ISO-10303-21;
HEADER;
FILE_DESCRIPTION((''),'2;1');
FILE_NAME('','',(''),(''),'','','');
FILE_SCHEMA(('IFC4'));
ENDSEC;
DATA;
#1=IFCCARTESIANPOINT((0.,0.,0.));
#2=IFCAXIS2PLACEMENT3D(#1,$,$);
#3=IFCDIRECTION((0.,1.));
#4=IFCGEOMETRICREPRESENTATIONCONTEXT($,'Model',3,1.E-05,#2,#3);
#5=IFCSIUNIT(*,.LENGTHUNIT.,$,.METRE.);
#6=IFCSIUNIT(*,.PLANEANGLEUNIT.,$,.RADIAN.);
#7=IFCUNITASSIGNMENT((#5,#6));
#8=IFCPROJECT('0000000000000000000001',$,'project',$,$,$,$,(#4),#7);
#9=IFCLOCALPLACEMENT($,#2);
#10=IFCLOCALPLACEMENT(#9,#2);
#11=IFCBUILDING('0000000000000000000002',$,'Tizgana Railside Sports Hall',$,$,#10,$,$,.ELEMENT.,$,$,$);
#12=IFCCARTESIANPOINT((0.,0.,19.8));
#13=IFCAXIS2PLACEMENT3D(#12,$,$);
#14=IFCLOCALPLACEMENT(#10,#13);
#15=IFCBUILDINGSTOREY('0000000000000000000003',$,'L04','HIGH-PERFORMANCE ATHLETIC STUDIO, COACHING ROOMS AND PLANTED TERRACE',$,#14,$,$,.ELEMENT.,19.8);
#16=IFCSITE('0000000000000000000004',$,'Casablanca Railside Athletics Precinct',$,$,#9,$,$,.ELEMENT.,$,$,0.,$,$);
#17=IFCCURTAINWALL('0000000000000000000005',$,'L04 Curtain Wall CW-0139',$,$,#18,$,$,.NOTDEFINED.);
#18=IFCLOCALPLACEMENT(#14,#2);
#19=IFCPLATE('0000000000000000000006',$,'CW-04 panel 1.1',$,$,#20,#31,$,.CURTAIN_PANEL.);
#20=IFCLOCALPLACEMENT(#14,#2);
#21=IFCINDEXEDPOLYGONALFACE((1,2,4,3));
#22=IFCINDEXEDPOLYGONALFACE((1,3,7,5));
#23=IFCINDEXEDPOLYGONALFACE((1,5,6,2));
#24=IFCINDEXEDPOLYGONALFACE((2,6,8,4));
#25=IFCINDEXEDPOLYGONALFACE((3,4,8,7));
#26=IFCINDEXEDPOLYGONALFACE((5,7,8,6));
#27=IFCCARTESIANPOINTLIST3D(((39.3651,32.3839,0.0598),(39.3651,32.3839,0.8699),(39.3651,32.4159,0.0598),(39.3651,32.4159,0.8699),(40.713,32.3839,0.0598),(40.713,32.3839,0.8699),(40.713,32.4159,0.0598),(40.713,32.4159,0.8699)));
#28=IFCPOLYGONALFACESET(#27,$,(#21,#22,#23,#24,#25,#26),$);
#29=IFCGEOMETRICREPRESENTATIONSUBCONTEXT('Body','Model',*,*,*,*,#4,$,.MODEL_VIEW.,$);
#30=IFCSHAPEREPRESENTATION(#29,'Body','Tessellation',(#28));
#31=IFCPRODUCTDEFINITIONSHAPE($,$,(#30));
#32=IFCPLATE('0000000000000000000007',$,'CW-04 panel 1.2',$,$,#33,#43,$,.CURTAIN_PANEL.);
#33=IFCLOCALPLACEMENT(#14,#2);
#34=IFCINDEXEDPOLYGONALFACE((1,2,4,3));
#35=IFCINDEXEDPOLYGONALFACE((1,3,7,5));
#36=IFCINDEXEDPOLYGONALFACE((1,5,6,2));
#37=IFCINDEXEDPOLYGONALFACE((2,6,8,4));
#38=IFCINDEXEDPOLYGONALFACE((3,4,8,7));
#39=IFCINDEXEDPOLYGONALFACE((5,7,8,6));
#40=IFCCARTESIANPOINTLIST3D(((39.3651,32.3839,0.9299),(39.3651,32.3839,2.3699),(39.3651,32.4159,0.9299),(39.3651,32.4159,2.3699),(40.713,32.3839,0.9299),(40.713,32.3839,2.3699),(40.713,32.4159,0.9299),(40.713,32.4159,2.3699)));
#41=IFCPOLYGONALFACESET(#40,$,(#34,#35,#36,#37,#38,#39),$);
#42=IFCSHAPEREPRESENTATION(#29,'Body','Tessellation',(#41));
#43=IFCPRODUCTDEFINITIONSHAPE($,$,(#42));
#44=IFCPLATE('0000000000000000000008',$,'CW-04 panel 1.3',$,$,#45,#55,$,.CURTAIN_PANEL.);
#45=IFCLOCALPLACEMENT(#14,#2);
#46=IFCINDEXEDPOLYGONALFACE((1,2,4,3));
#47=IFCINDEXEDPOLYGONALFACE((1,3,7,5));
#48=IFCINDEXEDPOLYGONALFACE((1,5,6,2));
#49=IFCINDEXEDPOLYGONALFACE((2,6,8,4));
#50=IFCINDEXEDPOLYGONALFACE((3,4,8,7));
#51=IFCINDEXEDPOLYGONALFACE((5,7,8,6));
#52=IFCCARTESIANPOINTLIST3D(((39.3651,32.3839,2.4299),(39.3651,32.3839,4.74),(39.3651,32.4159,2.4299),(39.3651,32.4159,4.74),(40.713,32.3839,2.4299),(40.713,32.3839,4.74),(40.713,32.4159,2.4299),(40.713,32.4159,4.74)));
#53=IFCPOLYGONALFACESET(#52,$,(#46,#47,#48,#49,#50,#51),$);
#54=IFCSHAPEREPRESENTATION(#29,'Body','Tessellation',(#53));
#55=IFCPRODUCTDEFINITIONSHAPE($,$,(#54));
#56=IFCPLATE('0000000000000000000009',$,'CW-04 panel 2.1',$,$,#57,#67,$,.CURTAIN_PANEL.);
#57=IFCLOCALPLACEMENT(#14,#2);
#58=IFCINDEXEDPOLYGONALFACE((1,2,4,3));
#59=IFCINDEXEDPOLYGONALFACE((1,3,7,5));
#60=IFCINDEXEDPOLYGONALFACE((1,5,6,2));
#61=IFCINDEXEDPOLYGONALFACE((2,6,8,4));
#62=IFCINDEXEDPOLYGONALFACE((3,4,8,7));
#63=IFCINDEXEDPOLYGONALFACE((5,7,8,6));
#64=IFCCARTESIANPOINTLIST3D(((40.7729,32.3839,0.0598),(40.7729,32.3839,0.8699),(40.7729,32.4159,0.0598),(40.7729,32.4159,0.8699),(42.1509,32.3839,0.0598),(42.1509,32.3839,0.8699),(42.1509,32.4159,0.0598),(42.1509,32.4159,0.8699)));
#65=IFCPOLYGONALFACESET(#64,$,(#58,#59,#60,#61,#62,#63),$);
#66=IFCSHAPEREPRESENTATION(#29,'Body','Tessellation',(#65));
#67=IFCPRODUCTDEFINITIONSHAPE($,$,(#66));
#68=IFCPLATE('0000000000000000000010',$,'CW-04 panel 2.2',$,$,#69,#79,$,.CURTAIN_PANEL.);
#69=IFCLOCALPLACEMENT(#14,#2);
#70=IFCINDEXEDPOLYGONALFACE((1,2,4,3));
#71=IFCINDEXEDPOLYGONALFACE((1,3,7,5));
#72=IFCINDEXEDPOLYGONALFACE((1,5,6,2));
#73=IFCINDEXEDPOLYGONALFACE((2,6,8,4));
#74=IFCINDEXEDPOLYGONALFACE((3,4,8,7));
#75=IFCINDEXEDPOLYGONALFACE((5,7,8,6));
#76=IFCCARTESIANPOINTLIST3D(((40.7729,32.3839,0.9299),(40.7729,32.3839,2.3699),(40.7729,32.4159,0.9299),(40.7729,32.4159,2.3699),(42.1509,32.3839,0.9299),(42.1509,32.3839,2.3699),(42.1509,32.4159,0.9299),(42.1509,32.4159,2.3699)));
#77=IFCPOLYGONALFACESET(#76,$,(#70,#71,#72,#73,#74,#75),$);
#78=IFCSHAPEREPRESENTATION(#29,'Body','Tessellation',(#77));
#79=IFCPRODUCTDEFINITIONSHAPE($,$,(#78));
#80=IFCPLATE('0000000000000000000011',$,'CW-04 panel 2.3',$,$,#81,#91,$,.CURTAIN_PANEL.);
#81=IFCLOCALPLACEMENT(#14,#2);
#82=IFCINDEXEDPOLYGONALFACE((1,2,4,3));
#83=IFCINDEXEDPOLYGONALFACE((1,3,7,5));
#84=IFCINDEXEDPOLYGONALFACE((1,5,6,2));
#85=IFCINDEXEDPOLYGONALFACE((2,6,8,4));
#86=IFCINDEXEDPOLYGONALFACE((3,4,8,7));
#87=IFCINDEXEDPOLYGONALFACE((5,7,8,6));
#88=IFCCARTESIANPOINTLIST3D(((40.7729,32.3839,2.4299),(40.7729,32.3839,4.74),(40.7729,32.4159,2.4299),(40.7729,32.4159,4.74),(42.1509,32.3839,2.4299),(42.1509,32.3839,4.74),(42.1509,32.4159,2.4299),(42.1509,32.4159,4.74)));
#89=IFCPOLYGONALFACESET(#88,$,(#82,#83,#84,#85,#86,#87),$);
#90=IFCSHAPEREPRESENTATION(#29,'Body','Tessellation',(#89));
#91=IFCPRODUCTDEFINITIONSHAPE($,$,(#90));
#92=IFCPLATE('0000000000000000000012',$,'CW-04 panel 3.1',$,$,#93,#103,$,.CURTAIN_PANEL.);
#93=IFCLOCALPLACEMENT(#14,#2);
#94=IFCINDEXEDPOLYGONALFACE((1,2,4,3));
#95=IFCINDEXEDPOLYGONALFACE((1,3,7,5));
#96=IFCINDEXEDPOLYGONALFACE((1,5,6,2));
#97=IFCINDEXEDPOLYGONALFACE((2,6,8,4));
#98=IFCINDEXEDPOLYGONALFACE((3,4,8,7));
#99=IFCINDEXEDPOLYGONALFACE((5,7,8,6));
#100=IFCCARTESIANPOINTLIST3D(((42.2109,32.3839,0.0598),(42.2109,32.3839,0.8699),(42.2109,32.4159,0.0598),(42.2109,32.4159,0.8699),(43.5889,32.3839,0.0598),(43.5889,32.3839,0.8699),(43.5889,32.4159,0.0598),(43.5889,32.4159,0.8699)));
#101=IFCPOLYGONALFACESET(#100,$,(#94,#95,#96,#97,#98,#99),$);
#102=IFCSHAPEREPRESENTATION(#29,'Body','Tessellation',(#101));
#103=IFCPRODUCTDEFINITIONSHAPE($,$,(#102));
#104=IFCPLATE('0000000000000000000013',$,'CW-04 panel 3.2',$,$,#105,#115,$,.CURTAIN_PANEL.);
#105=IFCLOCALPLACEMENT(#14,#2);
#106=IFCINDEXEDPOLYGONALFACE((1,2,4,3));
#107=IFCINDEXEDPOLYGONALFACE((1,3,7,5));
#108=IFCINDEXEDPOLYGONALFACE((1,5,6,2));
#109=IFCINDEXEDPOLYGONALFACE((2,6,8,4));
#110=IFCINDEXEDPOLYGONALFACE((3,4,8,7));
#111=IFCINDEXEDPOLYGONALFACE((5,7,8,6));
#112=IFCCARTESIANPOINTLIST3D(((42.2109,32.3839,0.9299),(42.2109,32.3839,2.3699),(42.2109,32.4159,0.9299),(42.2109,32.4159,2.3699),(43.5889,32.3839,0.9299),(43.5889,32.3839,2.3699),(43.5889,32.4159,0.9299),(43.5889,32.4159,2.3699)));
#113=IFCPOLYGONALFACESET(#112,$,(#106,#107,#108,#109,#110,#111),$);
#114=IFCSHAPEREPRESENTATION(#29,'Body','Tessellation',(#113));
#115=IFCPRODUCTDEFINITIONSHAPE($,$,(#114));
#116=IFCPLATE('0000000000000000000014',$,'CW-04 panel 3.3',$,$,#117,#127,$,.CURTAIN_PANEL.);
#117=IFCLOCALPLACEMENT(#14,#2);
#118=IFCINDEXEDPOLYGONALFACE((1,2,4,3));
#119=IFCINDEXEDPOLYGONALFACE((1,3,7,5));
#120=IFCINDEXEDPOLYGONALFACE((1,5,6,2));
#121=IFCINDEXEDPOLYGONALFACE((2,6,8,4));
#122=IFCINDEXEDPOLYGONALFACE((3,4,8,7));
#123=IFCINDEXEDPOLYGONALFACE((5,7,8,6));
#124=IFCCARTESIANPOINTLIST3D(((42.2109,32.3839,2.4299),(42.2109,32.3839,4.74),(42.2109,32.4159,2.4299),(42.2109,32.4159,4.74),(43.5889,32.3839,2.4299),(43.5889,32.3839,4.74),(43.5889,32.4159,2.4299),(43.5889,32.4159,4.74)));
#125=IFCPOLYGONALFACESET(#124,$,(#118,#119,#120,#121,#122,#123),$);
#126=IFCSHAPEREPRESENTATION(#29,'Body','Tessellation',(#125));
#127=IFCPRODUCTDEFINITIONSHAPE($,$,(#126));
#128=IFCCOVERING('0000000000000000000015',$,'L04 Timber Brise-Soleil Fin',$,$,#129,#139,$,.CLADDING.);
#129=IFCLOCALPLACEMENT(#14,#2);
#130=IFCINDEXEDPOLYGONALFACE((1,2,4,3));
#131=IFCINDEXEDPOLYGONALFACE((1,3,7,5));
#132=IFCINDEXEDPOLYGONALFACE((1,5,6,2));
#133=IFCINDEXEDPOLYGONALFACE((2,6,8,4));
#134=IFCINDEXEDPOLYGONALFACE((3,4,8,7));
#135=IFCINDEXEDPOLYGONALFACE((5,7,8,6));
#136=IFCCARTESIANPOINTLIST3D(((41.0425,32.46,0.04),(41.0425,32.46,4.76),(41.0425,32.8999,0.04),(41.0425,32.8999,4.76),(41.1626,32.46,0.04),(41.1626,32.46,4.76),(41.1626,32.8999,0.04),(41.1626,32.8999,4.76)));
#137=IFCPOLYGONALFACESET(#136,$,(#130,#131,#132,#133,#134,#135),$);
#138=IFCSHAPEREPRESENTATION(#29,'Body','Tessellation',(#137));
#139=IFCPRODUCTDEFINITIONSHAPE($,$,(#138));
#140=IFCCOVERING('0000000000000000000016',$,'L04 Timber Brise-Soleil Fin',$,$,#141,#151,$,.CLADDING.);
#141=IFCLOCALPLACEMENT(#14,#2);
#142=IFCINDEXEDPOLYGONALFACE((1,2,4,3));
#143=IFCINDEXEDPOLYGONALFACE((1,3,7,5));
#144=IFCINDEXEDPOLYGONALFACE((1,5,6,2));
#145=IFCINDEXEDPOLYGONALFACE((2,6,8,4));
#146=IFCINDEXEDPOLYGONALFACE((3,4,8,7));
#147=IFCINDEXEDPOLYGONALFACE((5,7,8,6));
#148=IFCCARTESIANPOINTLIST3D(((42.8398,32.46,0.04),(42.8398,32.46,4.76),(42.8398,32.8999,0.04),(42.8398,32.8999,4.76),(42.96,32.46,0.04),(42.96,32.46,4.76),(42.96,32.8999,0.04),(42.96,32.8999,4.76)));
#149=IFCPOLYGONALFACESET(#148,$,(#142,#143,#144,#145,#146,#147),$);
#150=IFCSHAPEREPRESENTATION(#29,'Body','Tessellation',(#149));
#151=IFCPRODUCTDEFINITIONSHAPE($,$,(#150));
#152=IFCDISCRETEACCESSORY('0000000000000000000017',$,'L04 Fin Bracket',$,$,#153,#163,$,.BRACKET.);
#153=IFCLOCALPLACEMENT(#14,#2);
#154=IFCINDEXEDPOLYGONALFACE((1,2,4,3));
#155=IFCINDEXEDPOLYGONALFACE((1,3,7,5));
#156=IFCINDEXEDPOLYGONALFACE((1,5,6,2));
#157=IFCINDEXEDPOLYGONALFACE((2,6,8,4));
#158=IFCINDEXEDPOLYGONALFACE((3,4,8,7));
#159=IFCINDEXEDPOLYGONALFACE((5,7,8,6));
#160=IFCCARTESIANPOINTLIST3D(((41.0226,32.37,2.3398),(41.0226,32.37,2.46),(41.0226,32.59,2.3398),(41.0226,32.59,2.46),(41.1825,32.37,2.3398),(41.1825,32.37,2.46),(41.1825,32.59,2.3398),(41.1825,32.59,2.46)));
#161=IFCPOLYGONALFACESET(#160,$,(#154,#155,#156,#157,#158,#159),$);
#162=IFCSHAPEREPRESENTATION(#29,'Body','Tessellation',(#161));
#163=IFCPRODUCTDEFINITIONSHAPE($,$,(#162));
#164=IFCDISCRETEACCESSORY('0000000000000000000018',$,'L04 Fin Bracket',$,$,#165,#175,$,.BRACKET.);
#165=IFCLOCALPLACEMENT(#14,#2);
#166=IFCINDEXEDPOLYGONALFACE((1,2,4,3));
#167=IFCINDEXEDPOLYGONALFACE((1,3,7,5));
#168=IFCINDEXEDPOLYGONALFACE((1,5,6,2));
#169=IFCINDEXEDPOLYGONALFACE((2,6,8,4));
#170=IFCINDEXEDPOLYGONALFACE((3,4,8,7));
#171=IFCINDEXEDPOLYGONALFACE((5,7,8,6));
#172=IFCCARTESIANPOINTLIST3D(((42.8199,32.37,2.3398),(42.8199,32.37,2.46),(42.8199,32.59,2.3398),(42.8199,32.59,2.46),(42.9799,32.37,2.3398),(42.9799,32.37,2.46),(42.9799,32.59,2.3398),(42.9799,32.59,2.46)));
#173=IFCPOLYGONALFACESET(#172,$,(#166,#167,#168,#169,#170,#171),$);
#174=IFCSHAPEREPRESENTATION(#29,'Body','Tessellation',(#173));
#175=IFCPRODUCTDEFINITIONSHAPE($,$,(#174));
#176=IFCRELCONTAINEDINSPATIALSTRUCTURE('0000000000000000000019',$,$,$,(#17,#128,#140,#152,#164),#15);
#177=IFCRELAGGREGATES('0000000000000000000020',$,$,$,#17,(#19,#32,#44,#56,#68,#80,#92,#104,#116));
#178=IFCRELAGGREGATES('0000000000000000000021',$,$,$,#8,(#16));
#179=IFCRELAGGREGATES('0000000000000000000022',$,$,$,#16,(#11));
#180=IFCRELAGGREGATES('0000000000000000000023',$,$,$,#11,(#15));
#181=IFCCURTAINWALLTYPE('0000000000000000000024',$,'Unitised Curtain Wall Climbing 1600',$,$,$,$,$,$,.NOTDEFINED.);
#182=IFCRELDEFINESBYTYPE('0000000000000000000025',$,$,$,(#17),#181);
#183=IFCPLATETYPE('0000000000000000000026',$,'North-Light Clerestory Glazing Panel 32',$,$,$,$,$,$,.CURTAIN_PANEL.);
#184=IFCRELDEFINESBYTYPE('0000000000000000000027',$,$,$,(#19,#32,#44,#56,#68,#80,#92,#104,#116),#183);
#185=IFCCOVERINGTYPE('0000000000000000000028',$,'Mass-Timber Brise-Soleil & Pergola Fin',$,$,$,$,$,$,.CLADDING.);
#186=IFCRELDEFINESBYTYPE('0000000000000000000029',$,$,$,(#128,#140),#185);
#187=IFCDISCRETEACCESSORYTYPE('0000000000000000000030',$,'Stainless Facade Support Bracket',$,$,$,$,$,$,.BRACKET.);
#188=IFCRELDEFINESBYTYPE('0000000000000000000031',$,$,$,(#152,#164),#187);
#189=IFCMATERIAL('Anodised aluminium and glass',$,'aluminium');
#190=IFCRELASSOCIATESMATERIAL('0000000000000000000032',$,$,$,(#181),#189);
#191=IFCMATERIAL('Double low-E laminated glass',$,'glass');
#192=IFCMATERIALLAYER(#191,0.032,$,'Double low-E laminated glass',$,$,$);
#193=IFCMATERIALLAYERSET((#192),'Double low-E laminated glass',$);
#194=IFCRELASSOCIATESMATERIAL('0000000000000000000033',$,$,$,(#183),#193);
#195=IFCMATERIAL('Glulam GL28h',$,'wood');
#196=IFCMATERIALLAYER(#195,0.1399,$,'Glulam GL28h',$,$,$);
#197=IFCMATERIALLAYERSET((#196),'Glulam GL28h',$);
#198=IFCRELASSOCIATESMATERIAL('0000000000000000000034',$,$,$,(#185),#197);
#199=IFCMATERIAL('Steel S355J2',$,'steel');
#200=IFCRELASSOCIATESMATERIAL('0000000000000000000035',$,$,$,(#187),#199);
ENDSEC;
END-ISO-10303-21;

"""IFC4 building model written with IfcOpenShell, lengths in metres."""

from ifc_helpers import new_model, si_unit, direction, frame, origin, origin_2d, place, context, subcontext, project, spatial, rectangle, extrude, material, layer, layer_set, type_object, element, aggregate, save


model = new_model("IFC4")

# Units and contexts
model_context = context("Model", 3, precision=1e-05, world=origin(), true_north=direction((0.0, 1.0)))
body_context = subcontext(model_context, "Body", "Model", "MODEL_VIEW")
ifc_project = project(units=[si_unit("LENGTHUNIT", "METRE"), si_unit("PLANEANGLEUNIT", "RADIAN")], contexts=[model_context])

# Site, building, storey
site_placement = place(None, origin())
site = spatial("IfcSite", under=ifc_project, at=site_placement, Name="Casablanca Railside Athletics Precinct", CompositionType="ELEMENT", RefElevation=0.0)
building_placement = place(site_placement, origin())
building = spatial("IfcBuilding", under=site, at=building_placement, Name="Tizgana Railside Sports Hall", CompositionType="ELEMENT")
storey_placement = place(building_placement, frame((0.0, 0.0, 19.8)))
storey = spatial("IfcBuildingStorey", under=building, at=storey_placement, Name="L04", Description="HIGH-PERFORMANCE ATHLETIC STUDIO, COACHING ROOMS AND PLANTED TERRACE", CompositionType="ELEMENT", Elevation=19.8)

# Curtain wall, plates
ifc_material_1 = material(Name="Anodised aluminium and glass", Category="aluminium")
curtain_wall_type = type_object("IfcCurtainWallType", Name="Unitised Curtain Wall Climbing 1600", PredefinedType="NOTDEFINED", material=ifc_material_1)
curtain_wall_placement = place(storey_placement, origin())
curtain_wall = element("IfcCurtainWall", 1, at=curtain_wall_placement, inside=storey, type_object=curtain_wall_type, Name="L04 Curtain Wall CW-0139", PredefinedType="NOTDEFINED")
ifc_material_2 = material(Name="Double low-E laminated glass", Category="glass")
ifc_layer_1 = layer(ifc_material_2, 0.032, Name="Double low-E laminated glass")
ifc_layer_set_1 = layer_set([ifc_layer_1], Name="Double low-E laminated glass")
plate_type = type_object("IfcPlateType", Name="North-Light Clerestory Glazing Panel 32", PredefinedType="CURTAIN_PANEL", material=ifc_layer_set_1)
plate_1_placement = place(storey_placement, frame((40.0391, 32.3999, 0.0598), z_axis=(0.0, 0.0, 1.0), x_axis=(1.0, 0.0, 0.0)))
plate_1 = element("IfcPlate", 2, at=plate_1_placement, type_object=plate_type, Name="CW-04 panel 1.1", PredefinedType="CURTAIN_PANEL", context=body_context, shape_type="SweptSolid", body=[
    extrude(rectangle(XDim=1.3479, YDim=0.032, at=origin_2d()), origin(), (0.0, 0.0, 1.0), 0.8101),
])
plate_2_placement = place(storey_placement, frame((40.0391, 32.3999, 0.9299), z_axis=(0.0, 0.0, 1.0), x_axis=(1.0, 0.0, 0.0)))
plate_2 = element("IfcPlate", 3, at=plate_2_placement, type_object=plate_type, Name="CW-04 panel 1.2", PredefinedType="CURTAIN_PANEL", context=body_context, shape_type="SweptSolid", body=[
    extrude(rectangle(XDim=1.3479, YDim=0.032, at=origin_2d()), origin(), (0.0, 0.0, 1.0), 1.4399),
])
plate_3_placement = place(storey_placement, frame((40.0391, 32.3999, 2.4299), z_axis=(0.0, 0.0, 1.0), x_axis=(1.0, 0.0, 0.0)))
plate_3 = element("IfcPlate", 4, at=plate_3_placement, type_object=plate_type, Name="CW-04 panel 1.3", PredefinedType="CURTAIN_PANEL", context=body_context, shape_type="SweptSolid", body=[
    extrude(rectangle(XDim=1.3479, YDim=0.032, at=origin_2d()), origin(), (0.0, 0.0, 1.0), 2.3101),
])
plate_4_placement = place(storey_placement, frame((41.4619, 32.3999, 0.0598), z_axis=(0.0, 0.0, 1.0), x_axis=(1.0, 0.0, 0.0)))
plate_4 = element("IfcPlate", 5, at=plate_4_placement, type_object=plate_type, Name="CW-04 panel 2.1", PredefinedType="CURTAIN_PANEL", context=body_context, shape_type="SweptSolid", body=[
    extrude(rectangle(XDim=1.3779, YDim=0.032, at=origin_2d()), origin(), (0.0, 0.0, 1.0), 0.8101),
])
plate_5_placement = place(storey_placement, frame((41.4619, 32.3999, 0.9299), z_axis=(0.0, 0.0, 1.0), x_axis=(1.0, 0.0, 0.0)))
plate_5 = element("IfcPlate", 6, at=plate_5_placement, type_object=plate_type, Name="CW-04 panel 2.2", PredefinedType="CURTAIN_PANEL", context=body_context, shape_type="SweptSolid", body=[
    extrude(rectangle(XDim=1.3779, YDim=0.032, at=origin_2d()), origin(), (0.0, 0.0, 1.0), 1.4399),
])
plate_6_placement = place(storey_placement, frame((41.4619, 32.3999, 2.4299), z_axis=(0.0, 0.0, 1.0), x_axis=(1.0, 0.0, 0.0)))
plate_6 = element("IfcPlate", 7, at=plate_6_placement, type_object=plate_type, Name="CW-04 panel 2.3", PredefinedType="CURTAIN_PANEL", context=body_context, shape_type="SweptSolid", body=[
    extrude(rectangle(XDim=1.3779, YDim=0.032, at=origin_2d()), origin(), (0.0, 0.0, 1.0), 2.3101),
])
plate_7_placement = place(storey_placement, frame((42.8999, 32.3999, 0.0598), z_axis=(0.0, 0.0, 1.0), x_axis=(1.0, 0.0, 0.0)))
plate_7 = element("IfcPlate", 8, at=plate_7_placement, type_object=plate_type, Name="CW-04 panel 3.1", PredefinedType="CURTAIN_PANEL", context=body_context, shape_type="SweptSolid", body=[
    extrude(rectangle(XDim=1.3779, YDim=0.032, at=origin_2d()), origin(), (0.0, 0.0, 1.0), 0.8101),
])
plate_8_placement = place(storey_placement, frame((42.8999, 32.3999, 0.9299), z_axis=(0.0, 0.0, 1.0), x_axis=(1.0, 0.0, 0.0)))
plate_8 = element("IfcPlate", 9, at=plate_8_placement, type_object=plate_type, Name="CW-04 panel 3.2", PredefinedType="CURTAIN_PANEL", context=body_context, shape_type="SweptSolid", body=[
    extrude(rectangle(XDim=1.3779, YDim=0.032, at=origin_2d()), origin(), (0.0, 0.0, 1.0), 1.4399),
])
plate_9_placement = place(storey_placement, frame((42.8999, 32.3999, 2.4299), z_axis=(0.0, 0.0, 1.0), x_axis=(1.0, 0.0, 0.0)))
plate_9 = element("IfcPlate", 10, at=plate_9_placement, type_object=plate_type, Name="CW-04 panel 3.3", PredefinedType="CURTAIN_PANEL", context=body_context, shape_type="SweptSolid", body=[
    extrude(rectangle(XDim=1.3779, YDim=0.032, at=origin_2d()), origin(), (0.0, 0.0, 1.0), 2.3101),
])
aggregate(curtain_wall, [plate_1, plate_2, plate_3, plate_4, plate_5, plate_6, plate_7, plate_8, plate_9])

# Coverings
ifc_material_3 = material(Name="Glulam GL28h", Category="wood")
ifc_layer_2 = layer(ifc_material_3, 0.1399, Name="Glulam GL28h")
ifc_layer_set_2 = layer_set([ifc_layer_2], Name="Glulam GL28h")
covering_type = type_object("IfcCoveringType", Name="Mass-Timber Brise-Soleil & Pergola Fin", PredefinedType="CLADDING", material=ifc_layer_set_2)
for number, where, z_axis, x_axis, name in (
    (11, (41.1025, 32.6799, 0.04), (0.0, 0.0, 1.0), (1.0, 0.0, 0.0), "L04 Timber Brise-Soleil Fin"),
    (12, (42.8999, 32.6799, 0.04), (0.0, 0.0, 1.0), (1.0, 0.0, 0.0), "L04 Timber Brise-Soleil Fin"),
):
    element("IfcCovering", number, at=place(storey_placement, frame(where, z_axis=z_axis, x_axis=x_axis)), inside=storey, type_object=covering_type, Name=name, PredefinedType="CLADDING", context=body_context, shape_type="SweptSolid", body=[
        extrude(rectangle(XDim=0.1201, YDim=0.4399, at=origin_2d()), origin(), (0.0, 0.0, 1.0), 4.72),
    ])

# Discrete accessories
ifc_material_4 = material(Name="Steel S355J2", Category="steel")
discrete_accessory_type = type_object("IfcDiscreteAccessoryType", Name="Stainless Facade Support Bracket", PredefinedType="BRACKET", material=ifc_material_4)
for number, where, z_axis, x_axis, name in (
    (13, (41.1025, 32.48, 2.3398), (0.0, 0.0, 1.0), (1.0, 0.0, 0.0), "L04 Fin Bracket"),
    (14, (42.8999, 32.48, 2.3398), (0.0, 0.0, 1.0), (1.0, 0.0, 0.0), "L04 Fin Bracket"),
):
    element("IfcDiscreteAccessory", number, at=place(storey_placement, frame(where, z_axis=z_axis, x_axis=x_axis)), inside=storey, type_object=discrete_accessory_type, Name=name, PredefinedType="BRACKET", context=body_context, shape_type="SweptSolid", body=[
        extrude(rectangle(XDim=0.1599, YDim=0.22, at=origin_2d()), origin(), (0.0, 0.0, 1.0), 0.1201),
    ])

save(model, "model.ifc")
